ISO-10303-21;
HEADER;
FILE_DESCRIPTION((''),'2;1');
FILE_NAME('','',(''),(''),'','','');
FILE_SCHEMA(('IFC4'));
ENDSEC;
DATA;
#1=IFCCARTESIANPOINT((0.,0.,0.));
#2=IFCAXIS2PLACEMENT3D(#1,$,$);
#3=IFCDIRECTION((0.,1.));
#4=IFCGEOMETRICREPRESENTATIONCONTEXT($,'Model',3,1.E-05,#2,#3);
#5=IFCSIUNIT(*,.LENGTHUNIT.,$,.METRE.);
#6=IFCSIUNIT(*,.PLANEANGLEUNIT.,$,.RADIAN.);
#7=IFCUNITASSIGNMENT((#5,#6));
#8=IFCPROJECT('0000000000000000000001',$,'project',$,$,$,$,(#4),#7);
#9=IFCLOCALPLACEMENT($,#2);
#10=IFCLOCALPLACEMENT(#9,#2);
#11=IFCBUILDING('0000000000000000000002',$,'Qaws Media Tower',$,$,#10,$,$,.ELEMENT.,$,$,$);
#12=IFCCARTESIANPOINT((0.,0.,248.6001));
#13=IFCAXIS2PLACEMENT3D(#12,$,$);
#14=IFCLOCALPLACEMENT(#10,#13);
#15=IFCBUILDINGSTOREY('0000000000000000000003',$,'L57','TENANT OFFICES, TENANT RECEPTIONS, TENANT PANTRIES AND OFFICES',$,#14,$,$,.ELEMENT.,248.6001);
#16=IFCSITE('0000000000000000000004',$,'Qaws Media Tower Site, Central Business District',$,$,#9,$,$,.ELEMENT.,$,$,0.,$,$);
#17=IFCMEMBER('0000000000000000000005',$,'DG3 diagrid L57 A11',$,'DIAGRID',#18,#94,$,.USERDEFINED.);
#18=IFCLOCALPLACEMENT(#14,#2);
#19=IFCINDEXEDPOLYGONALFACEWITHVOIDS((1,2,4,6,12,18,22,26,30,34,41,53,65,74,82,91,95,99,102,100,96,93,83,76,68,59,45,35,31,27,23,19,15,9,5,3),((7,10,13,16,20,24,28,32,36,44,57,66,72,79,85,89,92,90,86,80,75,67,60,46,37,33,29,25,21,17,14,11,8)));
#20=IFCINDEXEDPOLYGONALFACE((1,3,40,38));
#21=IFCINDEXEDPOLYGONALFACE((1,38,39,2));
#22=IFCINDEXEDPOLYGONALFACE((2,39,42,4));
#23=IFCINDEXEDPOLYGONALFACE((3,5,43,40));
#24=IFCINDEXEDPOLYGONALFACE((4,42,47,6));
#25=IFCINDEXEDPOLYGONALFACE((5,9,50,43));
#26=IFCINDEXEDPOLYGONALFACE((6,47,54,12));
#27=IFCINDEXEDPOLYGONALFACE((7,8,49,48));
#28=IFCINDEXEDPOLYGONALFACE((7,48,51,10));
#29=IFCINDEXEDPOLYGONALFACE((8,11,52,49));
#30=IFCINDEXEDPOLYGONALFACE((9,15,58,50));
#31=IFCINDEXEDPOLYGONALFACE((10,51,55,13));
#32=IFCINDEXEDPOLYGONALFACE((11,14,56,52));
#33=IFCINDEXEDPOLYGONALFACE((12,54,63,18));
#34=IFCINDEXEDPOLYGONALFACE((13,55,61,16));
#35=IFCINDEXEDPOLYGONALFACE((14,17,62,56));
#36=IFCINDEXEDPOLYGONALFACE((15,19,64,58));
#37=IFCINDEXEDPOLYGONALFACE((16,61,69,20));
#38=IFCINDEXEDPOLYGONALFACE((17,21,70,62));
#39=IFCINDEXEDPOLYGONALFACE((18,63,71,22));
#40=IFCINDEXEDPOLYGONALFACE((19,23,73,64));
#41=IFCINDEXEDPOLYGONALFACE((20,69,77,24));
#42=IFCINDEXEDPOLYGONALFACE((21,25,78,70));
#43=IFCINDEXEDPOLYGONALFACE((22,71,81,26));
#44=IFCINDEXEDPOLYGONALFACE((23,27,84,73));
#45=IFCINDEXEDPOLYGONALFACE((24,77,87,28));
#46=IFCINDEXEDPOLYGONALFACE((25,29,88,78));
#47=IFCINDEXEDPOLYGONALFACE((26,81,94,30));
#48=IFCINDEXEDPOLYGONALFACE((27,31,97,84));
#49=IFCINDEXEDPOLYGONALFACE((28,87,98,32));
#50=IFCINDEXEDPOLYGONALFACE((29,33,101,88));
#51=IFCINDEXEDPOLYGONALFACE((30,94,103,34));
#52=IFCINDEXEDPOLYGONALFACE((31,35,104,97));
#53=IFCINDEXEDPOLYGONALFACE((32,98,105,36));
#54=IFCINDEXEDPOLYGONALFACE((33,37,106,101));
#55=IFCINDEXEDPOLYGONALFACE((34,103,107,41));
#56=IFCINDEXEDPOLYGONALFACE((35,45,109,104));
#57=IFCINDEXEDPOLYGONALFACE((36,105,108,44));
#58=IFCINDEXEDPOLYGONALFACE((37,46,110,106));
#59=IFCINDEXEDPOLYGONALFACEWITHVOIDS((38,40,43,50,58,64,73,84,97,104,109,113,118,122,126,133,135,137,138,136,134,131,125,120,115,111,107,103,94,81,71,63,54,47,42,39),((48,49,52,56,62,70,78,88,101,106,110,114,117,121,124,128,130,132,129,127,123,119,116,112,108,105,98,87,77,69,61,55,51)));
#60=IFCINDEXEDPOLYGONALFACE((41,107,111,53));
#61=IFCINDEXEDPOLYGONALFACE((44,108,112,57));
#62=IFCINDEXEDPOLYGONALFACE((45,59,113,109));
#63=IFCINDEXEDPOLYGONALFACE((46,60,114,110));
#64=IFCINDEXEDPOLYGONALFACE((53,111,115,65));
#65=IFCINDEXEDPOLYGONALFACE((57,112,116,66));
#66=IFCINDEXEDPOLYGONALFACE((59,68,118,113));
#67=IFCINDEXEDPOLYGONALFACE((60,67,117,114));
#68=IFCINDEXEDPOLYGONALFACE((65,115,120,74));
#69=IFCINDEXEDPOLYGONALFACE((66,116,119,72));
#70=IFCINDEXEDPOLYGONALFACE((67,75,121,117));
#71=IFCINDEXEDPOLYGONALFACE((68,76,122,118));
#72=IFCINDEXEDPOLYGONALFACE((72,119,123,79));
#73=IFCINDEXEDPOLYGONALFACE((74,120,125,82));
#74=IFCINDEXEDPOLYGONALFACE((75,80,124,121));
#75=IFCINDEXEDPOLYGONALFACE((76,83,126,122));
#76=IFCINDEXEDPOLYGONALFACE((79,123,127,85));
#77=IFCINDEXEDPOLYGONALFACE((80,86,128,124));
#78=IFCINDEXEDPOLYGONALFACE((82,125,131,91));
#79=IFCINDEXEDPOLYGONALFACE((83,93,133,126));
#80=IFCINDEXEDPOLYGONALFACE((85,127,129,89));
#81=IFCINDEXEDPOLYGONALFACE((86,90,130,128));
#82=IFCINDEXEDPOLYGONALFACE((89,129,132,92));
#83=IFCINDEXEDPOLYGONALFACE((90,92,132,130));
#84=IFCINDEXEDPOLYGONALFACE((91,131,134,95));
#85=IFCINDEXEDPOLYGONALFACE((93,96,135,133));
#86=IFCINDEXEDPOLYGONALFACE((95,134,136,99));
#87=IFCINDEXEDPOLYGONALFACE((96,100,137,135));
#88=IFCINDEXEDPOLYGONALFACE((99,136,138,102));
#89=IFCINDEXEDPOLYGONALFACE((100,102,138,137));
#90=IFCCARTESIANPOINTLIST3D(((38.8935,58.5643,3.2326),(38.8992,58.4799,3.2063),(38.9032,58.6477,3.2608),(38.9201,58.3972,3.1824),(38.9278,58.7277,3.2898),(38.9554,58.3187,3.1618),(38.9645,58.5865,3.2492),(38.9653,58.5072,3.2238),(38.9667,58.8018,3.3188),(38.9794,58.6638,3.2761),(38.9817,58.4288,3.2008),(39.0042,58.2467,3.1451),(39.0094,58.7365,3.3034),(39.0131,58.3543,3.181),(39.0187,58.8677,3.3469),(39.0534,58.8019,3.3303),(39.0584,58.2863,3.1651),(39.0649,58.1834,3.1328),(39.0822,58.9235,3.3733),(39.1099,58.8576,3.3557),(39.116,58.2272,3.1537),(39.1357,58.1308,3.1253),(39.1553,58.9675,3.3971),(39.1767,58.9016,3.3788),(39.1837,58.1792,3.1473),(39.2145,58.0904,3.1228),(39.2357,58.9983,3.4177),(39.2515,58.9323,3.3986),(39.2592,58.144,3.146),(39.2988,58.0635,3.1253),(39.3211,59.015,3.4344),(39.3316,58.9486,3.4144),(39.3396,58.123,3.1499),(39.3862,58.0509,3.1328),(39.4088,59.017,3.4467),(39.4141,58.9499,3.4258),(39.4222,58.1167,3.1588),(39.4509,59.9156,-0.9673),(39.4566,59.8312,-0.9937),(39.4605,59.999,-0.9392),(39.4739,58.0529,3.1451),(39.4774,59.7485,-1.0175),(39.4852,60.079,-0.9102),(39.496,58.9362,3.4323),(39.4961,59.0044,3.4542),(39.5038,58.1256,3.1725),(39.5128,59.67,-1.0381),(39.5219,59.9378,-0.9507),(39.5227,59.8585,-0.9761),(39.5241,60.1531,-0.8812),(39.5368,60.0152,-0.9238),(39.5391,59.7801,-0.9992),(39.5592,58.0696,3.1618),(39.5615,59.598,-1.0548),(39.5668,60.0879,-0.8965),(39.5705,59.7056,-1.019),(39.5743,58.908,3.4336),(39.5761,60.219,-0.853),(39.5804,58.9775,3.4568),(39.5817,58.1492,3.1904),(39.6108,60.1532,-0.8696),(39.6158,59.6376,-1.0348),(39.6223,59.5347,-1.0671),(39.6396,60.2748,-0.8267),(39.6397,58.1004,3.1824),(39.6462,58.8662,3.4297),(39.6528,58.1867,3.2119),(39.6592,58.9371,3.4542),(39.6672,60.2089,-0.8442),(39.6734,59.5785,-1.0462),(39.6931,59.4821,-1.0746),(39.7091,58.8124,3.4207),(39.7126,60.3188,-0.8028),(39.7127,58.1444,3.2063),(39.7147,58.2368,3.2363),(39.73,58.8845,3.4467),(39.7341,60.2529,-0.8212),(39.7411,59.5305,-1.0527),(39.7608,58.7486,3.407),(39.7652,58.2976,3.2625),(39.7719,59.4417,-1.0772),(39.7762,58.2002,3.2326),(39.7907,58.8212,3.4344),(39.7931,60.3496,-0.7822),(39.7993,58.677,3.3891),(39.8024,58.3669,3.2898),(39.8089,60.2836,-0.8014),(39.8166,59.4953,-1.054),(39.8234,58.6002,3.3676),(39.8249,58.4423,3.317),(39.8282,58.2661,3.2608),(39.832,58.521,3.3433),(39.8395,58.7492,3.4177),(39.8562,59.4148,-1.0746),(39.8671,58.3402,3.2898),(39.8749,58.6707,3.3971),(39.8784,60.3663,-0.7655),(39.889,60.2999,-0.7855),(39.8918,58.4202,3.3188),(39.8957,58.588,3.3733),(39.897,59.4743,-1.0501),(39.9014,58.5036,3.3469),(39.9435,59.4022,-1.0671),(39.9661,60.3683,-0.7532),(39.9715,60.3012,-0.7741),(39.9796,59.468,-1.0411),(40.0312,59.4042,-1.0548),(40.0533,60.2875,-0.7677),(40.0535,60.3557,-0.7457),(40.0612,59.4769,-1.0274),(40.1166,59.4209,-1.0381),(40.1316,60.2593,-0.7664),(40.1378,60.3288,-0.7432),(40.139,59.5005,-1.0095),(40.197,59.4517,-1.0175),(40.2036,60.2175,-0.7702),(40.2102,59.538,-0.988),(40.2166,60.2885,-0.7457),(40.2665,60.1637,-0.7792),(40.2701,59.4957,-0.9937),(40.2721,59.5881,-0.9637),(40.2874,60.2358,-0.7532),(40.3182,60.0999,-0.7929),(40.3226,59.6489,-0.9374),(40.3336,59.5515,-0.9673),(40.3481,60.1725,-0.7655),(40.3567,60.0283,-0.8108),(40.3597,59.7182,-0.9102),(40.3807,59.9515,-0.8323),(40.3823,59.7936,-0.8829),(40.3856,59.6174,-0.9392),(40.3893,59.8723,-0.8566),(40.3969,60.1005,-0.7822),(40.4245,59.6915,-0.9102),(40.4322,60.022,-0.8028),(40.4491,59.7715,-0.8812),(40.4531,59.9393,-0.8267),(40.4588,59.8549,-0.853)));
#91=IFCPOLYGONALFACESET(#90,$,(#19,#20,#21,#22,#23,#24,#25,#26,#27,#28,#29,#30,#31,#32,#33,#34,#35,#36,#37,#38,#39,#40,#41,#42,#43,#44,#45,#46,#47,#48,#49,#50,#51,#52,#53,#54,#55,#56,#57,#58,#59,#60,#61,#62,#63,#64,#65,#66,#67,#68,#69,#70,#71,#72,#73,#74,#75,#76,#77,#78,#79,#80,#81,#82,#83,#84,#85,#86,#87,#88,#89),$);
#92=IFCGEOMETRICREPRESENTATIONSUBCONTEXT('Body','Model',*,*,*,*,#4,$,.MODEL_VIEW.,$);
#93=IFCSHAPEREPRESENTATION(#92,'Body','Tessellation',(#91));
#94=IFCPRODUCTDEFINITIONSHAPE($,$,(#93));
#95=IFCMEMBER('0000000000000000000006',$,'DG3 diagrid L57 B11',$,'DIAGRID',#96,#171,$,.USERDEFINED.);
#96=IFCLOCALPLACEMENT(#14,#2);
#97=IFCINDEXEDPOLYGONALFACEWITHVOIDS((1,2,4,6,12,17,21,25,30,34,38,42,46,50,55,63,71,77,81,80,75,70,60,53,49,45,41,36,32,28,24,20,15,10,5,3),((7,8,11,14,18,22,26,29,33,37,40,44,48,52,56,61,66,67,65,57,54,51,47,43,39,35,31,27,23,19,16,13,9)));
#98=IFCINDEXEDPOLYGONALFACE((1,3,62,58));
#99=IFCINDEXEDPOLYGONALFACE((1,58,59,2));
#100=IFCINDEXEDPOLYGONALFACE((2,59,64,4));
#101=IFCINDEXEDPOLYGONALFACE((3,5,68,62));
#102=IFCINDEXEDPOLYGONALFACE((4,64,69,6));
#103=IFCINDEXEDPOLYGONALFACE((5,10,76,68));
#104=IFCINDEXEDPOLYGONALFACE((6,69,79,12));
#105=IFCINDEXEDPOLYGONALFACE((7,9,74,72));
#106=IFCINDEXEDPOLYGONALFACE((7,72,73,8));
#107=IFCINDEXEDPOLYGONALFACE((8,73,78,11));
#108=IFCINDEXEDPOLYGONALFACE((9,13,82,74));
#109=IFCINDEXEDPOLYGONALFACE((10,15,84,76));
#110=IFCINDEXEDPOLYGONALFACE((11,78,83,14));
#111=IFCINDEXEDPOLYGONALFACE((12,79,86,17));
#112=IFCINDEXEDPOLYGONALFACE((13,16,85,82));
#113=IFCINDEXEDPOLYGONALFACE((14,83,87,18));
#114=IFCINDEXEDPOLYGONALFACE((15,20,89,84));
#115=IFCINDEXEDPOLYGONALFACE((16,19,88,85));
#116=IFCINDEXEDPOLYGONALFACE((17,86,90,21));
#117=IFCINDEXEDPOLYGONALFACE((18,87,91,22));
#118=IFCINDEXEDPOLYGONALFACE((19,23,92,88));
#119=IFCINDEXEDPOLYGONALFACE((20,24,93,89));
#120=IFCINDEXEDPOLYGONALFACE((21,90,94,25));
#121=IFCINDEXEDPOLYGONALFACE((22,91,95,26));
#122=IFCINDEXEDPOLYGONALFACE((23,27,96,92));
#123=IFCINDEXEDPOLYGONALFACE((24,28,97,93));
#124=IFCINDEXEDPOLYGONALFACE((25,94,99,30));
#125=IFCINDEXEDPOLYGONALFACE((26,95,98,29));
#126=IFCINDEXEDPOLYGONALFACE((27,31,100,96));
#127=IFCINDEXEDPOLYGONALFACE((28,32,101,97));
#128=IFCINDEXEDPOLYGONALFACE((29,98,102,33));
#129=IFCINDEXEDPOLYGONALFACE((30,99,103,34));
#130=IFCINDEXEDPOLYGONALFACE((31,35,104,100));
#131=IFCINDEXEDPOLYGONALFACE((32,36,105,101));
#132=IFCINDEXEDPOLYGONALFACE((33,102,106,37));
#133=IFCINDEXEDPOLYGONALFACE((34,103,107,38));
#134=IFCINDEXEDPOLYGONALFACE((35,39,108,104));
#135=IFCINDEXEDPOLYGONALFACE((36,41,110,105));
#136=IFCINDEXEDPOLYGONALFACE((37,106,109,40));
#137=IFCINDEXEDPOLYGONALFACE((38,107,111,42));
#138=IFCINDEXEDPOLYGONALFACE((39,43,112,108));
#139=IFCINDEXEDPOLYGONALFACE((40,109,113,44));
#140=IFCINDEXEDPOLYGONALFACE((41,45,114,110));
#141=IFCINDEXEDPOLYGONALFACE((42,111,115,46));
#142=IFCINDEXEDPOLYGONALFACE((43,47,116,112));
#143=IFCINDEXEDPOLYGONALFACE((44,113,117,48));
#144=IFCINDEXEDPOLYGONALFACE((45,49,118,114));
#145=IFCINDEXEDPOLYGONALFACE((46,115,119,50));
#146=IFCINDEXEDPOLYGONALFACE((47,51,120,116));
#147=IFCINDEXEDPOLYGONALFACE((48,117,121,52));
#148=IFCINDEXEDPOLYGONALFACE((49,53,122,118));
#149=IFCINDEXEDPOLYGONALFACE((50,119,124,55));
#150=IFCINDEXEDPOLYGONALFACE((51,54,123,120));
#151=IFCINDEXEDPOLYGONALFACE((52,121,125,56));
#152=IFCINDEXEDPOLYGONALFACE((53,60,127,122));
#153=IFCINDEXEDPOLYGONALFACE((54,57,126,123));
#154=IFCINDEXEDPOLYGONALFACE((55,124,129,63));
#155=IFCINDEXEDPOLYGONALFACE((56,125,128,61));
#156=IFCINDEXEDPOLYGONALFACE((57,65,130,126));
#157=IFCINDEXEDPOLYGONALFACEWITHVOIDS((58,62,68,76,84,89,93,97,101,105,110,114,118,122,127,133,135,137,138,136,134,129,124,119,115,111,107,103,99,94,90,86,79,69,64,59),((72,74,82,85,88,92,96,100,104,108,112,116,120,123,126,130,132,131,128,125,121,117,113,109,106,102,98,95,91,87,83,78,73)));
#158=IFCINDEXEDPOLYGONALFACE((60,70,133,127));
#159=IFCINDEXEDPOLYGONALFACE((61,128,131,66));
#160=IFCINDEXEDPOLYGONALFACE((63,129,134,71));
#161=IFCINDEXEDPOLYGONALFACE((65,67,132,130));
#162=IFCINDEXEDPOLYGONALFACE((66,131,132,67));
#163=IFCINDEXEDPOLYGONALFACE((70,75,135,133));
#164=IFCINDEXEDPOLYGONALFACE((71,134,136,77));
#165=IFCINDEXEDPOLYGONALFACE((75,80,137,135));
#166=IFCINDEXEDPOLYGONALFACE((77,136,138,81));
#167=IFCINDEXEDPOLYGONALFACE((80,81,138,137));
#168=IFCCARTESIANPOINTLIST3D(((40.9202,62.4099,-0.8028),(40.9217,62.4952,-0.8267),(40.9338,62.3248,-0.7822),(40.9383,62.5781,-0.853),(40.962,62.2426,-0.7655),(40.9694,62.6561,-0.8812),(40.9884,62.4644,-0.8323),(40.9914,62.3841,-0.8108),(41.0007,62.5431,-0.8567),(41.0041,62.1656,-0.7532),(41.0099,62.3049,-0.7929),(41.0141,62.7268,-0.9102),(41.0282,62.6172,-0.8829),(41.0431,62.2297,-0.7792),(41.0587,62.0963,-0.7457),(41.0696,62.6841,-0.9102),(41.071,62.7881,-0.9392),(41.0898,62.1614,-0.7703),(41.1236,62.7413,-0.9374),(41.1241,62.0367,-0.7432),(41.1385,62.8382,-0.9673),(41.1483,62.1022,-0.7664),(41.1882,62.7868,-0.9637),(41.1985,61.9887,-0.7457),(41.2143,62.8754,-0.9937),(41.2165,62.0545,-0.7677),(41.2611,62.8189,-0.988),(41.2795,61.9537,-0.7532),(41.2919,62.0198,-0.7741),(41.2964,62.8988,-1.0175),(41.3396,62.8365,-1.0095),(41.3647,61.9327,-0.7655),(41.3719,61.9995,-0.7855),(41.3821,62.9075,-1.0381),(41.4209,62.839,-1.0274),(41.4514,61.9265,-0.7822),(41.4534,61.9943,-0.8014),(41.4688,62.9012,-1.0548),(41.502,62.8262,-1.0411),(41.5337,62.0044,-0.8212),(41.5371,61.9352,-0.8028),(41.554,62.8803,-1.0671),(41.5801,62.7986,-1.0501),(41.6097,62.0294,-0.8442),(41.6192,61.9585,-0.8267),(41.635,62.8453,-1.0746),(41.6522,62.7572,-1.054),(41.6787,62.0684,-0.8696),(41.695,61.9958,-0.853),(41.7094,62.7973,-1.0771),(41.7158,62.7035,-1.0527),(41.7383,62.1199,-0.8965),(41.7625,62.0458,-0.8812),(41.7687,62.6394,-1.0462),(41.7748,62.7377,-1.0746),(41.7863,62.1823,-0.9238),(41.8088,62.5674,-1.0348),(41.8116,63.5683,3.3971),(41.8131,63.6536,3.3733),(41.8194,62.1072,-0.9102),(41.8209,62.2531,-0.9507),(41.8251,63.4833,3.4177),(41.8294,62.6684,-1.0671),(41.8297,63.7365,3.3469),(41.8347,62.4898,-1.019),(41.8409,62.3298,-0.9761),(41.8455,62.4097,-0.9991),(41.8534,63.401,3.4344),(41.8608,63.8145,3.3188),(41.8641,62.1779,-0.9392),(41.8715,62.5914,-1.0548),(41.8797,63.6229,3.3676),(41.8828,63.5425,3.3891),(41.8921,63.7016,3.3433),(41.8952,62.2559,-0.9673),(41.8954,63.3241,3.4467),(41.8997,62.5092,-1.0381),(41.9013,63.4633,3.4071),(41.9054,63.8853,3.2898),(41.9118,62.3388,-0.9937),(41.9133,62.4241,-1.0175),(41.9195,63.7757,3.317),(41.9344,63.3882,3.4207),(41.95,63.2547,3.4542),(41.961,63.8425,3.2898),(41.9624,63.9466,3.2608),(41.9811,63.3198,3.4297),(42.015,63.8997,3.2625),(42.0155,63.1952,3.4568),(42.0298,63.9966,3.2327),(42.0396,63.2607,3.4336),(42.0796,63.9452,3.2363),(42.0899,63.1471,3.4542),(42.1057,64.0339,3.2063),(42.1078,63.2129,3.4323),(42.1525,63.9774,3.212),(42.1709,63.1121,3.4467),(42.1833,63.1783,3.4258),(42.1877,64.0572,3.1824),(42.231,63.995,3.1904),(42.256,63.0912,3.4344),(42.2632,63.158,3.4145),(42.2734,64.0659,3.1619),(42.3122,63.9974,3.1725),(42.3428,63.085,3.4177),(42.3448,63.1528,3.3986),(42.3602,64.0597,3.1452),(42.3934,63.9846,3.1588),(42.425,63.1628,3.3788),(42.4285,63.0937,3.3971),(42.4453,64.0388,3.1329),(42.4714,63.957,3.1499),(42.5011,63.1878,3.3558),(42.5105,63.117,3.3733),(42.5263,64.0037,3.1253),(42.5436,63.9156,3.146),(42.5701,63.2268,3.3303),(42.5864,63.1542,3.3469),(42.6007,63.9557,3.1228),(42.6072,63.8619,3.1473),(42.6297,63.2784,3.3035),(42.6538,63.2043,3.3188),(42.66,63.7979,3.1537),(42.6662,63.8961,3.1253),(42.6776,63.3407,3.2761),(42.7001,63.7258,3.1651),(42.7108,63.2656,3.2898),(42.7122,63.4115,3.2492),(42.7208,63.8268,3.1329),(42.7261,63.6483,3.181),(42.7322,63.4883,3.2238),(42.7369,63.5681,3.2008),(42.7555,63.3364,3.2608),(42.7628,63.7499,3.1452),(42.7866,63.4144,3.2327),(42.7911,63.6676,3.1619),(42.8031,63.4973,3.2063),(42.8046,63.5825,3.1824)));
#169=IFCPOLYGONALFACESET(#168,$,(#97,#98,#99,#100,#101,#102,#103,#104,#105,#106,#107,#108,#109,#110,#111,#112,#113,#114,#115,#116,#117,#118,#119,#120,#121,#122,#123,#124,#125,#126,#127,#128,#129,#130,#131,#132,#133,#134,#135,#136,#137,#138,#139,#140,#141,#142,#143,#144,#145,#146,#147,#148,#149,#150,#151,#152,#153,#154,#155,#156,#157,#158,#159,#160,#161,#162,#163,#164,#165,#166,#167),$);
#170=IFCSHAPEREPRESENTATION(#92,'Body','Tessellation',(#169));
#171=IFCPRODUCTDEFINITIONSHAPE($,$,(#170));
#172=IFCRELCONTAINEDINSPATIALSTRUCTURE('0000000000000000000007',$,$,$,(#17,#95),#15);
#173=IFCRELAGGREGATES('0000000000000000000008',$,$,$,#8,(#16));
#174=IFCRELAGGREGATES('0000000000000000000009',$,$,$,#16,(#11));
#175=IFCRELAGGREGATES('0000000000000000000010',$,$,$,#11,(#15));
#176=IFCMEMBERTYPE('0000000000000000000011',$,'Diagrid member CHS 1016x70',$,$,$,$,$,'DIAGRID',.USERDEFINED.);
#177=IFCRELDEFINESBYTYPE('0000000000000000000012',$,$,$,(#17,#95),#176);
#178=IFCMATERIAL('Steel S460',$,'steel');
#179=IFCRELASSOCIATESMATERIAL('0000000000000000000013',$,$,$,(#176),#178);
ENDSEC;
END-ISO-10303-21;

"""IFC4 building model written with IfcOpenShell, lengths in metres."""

from ifc_helpers import new_model, si_unit, direction, frame, origin, origin_2d, place, context, subcontext, project, spatial, hollow_circle, extrude, material, material_profile, profile_set, type_object, element, save


model = new_model("IFC4")

# Units and contexts
model_context = context("Model", 3, precision=1e-05, world=origin(), true_north=direction((0.0, 1.0)))
body_context = subcontext(model_context, "Body", "Model", "MODEL_VIEW")
ifc_project = project(units=[si_unit("LENGTHUNIT", "METRE"), si_unit("PLANEANGLEUNIT", "RADIAN")], contexts=[model_context])

# Site, building, storey
site_placement = place(None, origin())
site = spatial("IfcSite", under=ifc_project, at=site_placement, Name="Qaws Media Tower Site, Central Business District", CompositionType="ELEMENT", RefElevation=0.0)
building_placement = place(site_placement, origin())
building = spatial("IfcBuilding", under=site, at=building_placement, Name="Qaws Media Tower", CompositionType="ELEMENT")
storey_placement = place(building_placement, frame((0.0, 0.0, 248.6001)))
storey = spatial("IfcBuildingStorey", under=building, at=storey_placement, Name="L57", Description="TENANT OFFICES, TENANT RECEPTIONS, TENANT PANTRIES AND OFFICES", CompositionType="ELEMENT", Elevation=248.6001)

# Members
ifc_material_1 = material(Name="Steel S460", Category="steel")
ifc_material_profile_1 = material_profile(ifc_material_1, hollow_circle(Radius=0.5081, WallThickness=0.0701, at=origin_2d()), Name="CHS 1016x70")
ifc_profile_set_1 = profile_set([ifc_material_profile_1], Name="Steel S460")
member_type_1 = type_object("IfcMemberType", Name="Diagrid member CHS 1016x70", ElementType="DIAGRID", PredefinedType="USERDEFINED", material=ifc_profile_set_1)
for number, where, z_axis, x_axis, name in (
    (1, (39.9548, 59.8853, -0.9102), (-0.125335, -0.303868, 0.944434), (0.92445, -0.381304, 0.0), "DG3 diagrid L57 A11"),
    (2, (41.4167, 62.417, -0.9102), (0.200439, 0.260499, 0.944439), (-0.792543, 0.609816, 0.0), "DG3 diagrid L57 B11"),
):
    element("IfcMember", number, at=place(storey_placement, frame(where, z_axis=z_axis, x_axis=x_axis)), inside=storey, type_object=member_type_1, Name=name, ObjectType="DIAGRID", PredefinedType="USERDEFINED", context=body_context, shape_type="SweptSolid", body=[
        extrude(hollow_circle(Radius=0.5081, WallThickness=0.0701, at=origin_2d()), origin(), (0.0, 0.0, 1.0), 4.447),
    ])

save(model, "model.ifc")
